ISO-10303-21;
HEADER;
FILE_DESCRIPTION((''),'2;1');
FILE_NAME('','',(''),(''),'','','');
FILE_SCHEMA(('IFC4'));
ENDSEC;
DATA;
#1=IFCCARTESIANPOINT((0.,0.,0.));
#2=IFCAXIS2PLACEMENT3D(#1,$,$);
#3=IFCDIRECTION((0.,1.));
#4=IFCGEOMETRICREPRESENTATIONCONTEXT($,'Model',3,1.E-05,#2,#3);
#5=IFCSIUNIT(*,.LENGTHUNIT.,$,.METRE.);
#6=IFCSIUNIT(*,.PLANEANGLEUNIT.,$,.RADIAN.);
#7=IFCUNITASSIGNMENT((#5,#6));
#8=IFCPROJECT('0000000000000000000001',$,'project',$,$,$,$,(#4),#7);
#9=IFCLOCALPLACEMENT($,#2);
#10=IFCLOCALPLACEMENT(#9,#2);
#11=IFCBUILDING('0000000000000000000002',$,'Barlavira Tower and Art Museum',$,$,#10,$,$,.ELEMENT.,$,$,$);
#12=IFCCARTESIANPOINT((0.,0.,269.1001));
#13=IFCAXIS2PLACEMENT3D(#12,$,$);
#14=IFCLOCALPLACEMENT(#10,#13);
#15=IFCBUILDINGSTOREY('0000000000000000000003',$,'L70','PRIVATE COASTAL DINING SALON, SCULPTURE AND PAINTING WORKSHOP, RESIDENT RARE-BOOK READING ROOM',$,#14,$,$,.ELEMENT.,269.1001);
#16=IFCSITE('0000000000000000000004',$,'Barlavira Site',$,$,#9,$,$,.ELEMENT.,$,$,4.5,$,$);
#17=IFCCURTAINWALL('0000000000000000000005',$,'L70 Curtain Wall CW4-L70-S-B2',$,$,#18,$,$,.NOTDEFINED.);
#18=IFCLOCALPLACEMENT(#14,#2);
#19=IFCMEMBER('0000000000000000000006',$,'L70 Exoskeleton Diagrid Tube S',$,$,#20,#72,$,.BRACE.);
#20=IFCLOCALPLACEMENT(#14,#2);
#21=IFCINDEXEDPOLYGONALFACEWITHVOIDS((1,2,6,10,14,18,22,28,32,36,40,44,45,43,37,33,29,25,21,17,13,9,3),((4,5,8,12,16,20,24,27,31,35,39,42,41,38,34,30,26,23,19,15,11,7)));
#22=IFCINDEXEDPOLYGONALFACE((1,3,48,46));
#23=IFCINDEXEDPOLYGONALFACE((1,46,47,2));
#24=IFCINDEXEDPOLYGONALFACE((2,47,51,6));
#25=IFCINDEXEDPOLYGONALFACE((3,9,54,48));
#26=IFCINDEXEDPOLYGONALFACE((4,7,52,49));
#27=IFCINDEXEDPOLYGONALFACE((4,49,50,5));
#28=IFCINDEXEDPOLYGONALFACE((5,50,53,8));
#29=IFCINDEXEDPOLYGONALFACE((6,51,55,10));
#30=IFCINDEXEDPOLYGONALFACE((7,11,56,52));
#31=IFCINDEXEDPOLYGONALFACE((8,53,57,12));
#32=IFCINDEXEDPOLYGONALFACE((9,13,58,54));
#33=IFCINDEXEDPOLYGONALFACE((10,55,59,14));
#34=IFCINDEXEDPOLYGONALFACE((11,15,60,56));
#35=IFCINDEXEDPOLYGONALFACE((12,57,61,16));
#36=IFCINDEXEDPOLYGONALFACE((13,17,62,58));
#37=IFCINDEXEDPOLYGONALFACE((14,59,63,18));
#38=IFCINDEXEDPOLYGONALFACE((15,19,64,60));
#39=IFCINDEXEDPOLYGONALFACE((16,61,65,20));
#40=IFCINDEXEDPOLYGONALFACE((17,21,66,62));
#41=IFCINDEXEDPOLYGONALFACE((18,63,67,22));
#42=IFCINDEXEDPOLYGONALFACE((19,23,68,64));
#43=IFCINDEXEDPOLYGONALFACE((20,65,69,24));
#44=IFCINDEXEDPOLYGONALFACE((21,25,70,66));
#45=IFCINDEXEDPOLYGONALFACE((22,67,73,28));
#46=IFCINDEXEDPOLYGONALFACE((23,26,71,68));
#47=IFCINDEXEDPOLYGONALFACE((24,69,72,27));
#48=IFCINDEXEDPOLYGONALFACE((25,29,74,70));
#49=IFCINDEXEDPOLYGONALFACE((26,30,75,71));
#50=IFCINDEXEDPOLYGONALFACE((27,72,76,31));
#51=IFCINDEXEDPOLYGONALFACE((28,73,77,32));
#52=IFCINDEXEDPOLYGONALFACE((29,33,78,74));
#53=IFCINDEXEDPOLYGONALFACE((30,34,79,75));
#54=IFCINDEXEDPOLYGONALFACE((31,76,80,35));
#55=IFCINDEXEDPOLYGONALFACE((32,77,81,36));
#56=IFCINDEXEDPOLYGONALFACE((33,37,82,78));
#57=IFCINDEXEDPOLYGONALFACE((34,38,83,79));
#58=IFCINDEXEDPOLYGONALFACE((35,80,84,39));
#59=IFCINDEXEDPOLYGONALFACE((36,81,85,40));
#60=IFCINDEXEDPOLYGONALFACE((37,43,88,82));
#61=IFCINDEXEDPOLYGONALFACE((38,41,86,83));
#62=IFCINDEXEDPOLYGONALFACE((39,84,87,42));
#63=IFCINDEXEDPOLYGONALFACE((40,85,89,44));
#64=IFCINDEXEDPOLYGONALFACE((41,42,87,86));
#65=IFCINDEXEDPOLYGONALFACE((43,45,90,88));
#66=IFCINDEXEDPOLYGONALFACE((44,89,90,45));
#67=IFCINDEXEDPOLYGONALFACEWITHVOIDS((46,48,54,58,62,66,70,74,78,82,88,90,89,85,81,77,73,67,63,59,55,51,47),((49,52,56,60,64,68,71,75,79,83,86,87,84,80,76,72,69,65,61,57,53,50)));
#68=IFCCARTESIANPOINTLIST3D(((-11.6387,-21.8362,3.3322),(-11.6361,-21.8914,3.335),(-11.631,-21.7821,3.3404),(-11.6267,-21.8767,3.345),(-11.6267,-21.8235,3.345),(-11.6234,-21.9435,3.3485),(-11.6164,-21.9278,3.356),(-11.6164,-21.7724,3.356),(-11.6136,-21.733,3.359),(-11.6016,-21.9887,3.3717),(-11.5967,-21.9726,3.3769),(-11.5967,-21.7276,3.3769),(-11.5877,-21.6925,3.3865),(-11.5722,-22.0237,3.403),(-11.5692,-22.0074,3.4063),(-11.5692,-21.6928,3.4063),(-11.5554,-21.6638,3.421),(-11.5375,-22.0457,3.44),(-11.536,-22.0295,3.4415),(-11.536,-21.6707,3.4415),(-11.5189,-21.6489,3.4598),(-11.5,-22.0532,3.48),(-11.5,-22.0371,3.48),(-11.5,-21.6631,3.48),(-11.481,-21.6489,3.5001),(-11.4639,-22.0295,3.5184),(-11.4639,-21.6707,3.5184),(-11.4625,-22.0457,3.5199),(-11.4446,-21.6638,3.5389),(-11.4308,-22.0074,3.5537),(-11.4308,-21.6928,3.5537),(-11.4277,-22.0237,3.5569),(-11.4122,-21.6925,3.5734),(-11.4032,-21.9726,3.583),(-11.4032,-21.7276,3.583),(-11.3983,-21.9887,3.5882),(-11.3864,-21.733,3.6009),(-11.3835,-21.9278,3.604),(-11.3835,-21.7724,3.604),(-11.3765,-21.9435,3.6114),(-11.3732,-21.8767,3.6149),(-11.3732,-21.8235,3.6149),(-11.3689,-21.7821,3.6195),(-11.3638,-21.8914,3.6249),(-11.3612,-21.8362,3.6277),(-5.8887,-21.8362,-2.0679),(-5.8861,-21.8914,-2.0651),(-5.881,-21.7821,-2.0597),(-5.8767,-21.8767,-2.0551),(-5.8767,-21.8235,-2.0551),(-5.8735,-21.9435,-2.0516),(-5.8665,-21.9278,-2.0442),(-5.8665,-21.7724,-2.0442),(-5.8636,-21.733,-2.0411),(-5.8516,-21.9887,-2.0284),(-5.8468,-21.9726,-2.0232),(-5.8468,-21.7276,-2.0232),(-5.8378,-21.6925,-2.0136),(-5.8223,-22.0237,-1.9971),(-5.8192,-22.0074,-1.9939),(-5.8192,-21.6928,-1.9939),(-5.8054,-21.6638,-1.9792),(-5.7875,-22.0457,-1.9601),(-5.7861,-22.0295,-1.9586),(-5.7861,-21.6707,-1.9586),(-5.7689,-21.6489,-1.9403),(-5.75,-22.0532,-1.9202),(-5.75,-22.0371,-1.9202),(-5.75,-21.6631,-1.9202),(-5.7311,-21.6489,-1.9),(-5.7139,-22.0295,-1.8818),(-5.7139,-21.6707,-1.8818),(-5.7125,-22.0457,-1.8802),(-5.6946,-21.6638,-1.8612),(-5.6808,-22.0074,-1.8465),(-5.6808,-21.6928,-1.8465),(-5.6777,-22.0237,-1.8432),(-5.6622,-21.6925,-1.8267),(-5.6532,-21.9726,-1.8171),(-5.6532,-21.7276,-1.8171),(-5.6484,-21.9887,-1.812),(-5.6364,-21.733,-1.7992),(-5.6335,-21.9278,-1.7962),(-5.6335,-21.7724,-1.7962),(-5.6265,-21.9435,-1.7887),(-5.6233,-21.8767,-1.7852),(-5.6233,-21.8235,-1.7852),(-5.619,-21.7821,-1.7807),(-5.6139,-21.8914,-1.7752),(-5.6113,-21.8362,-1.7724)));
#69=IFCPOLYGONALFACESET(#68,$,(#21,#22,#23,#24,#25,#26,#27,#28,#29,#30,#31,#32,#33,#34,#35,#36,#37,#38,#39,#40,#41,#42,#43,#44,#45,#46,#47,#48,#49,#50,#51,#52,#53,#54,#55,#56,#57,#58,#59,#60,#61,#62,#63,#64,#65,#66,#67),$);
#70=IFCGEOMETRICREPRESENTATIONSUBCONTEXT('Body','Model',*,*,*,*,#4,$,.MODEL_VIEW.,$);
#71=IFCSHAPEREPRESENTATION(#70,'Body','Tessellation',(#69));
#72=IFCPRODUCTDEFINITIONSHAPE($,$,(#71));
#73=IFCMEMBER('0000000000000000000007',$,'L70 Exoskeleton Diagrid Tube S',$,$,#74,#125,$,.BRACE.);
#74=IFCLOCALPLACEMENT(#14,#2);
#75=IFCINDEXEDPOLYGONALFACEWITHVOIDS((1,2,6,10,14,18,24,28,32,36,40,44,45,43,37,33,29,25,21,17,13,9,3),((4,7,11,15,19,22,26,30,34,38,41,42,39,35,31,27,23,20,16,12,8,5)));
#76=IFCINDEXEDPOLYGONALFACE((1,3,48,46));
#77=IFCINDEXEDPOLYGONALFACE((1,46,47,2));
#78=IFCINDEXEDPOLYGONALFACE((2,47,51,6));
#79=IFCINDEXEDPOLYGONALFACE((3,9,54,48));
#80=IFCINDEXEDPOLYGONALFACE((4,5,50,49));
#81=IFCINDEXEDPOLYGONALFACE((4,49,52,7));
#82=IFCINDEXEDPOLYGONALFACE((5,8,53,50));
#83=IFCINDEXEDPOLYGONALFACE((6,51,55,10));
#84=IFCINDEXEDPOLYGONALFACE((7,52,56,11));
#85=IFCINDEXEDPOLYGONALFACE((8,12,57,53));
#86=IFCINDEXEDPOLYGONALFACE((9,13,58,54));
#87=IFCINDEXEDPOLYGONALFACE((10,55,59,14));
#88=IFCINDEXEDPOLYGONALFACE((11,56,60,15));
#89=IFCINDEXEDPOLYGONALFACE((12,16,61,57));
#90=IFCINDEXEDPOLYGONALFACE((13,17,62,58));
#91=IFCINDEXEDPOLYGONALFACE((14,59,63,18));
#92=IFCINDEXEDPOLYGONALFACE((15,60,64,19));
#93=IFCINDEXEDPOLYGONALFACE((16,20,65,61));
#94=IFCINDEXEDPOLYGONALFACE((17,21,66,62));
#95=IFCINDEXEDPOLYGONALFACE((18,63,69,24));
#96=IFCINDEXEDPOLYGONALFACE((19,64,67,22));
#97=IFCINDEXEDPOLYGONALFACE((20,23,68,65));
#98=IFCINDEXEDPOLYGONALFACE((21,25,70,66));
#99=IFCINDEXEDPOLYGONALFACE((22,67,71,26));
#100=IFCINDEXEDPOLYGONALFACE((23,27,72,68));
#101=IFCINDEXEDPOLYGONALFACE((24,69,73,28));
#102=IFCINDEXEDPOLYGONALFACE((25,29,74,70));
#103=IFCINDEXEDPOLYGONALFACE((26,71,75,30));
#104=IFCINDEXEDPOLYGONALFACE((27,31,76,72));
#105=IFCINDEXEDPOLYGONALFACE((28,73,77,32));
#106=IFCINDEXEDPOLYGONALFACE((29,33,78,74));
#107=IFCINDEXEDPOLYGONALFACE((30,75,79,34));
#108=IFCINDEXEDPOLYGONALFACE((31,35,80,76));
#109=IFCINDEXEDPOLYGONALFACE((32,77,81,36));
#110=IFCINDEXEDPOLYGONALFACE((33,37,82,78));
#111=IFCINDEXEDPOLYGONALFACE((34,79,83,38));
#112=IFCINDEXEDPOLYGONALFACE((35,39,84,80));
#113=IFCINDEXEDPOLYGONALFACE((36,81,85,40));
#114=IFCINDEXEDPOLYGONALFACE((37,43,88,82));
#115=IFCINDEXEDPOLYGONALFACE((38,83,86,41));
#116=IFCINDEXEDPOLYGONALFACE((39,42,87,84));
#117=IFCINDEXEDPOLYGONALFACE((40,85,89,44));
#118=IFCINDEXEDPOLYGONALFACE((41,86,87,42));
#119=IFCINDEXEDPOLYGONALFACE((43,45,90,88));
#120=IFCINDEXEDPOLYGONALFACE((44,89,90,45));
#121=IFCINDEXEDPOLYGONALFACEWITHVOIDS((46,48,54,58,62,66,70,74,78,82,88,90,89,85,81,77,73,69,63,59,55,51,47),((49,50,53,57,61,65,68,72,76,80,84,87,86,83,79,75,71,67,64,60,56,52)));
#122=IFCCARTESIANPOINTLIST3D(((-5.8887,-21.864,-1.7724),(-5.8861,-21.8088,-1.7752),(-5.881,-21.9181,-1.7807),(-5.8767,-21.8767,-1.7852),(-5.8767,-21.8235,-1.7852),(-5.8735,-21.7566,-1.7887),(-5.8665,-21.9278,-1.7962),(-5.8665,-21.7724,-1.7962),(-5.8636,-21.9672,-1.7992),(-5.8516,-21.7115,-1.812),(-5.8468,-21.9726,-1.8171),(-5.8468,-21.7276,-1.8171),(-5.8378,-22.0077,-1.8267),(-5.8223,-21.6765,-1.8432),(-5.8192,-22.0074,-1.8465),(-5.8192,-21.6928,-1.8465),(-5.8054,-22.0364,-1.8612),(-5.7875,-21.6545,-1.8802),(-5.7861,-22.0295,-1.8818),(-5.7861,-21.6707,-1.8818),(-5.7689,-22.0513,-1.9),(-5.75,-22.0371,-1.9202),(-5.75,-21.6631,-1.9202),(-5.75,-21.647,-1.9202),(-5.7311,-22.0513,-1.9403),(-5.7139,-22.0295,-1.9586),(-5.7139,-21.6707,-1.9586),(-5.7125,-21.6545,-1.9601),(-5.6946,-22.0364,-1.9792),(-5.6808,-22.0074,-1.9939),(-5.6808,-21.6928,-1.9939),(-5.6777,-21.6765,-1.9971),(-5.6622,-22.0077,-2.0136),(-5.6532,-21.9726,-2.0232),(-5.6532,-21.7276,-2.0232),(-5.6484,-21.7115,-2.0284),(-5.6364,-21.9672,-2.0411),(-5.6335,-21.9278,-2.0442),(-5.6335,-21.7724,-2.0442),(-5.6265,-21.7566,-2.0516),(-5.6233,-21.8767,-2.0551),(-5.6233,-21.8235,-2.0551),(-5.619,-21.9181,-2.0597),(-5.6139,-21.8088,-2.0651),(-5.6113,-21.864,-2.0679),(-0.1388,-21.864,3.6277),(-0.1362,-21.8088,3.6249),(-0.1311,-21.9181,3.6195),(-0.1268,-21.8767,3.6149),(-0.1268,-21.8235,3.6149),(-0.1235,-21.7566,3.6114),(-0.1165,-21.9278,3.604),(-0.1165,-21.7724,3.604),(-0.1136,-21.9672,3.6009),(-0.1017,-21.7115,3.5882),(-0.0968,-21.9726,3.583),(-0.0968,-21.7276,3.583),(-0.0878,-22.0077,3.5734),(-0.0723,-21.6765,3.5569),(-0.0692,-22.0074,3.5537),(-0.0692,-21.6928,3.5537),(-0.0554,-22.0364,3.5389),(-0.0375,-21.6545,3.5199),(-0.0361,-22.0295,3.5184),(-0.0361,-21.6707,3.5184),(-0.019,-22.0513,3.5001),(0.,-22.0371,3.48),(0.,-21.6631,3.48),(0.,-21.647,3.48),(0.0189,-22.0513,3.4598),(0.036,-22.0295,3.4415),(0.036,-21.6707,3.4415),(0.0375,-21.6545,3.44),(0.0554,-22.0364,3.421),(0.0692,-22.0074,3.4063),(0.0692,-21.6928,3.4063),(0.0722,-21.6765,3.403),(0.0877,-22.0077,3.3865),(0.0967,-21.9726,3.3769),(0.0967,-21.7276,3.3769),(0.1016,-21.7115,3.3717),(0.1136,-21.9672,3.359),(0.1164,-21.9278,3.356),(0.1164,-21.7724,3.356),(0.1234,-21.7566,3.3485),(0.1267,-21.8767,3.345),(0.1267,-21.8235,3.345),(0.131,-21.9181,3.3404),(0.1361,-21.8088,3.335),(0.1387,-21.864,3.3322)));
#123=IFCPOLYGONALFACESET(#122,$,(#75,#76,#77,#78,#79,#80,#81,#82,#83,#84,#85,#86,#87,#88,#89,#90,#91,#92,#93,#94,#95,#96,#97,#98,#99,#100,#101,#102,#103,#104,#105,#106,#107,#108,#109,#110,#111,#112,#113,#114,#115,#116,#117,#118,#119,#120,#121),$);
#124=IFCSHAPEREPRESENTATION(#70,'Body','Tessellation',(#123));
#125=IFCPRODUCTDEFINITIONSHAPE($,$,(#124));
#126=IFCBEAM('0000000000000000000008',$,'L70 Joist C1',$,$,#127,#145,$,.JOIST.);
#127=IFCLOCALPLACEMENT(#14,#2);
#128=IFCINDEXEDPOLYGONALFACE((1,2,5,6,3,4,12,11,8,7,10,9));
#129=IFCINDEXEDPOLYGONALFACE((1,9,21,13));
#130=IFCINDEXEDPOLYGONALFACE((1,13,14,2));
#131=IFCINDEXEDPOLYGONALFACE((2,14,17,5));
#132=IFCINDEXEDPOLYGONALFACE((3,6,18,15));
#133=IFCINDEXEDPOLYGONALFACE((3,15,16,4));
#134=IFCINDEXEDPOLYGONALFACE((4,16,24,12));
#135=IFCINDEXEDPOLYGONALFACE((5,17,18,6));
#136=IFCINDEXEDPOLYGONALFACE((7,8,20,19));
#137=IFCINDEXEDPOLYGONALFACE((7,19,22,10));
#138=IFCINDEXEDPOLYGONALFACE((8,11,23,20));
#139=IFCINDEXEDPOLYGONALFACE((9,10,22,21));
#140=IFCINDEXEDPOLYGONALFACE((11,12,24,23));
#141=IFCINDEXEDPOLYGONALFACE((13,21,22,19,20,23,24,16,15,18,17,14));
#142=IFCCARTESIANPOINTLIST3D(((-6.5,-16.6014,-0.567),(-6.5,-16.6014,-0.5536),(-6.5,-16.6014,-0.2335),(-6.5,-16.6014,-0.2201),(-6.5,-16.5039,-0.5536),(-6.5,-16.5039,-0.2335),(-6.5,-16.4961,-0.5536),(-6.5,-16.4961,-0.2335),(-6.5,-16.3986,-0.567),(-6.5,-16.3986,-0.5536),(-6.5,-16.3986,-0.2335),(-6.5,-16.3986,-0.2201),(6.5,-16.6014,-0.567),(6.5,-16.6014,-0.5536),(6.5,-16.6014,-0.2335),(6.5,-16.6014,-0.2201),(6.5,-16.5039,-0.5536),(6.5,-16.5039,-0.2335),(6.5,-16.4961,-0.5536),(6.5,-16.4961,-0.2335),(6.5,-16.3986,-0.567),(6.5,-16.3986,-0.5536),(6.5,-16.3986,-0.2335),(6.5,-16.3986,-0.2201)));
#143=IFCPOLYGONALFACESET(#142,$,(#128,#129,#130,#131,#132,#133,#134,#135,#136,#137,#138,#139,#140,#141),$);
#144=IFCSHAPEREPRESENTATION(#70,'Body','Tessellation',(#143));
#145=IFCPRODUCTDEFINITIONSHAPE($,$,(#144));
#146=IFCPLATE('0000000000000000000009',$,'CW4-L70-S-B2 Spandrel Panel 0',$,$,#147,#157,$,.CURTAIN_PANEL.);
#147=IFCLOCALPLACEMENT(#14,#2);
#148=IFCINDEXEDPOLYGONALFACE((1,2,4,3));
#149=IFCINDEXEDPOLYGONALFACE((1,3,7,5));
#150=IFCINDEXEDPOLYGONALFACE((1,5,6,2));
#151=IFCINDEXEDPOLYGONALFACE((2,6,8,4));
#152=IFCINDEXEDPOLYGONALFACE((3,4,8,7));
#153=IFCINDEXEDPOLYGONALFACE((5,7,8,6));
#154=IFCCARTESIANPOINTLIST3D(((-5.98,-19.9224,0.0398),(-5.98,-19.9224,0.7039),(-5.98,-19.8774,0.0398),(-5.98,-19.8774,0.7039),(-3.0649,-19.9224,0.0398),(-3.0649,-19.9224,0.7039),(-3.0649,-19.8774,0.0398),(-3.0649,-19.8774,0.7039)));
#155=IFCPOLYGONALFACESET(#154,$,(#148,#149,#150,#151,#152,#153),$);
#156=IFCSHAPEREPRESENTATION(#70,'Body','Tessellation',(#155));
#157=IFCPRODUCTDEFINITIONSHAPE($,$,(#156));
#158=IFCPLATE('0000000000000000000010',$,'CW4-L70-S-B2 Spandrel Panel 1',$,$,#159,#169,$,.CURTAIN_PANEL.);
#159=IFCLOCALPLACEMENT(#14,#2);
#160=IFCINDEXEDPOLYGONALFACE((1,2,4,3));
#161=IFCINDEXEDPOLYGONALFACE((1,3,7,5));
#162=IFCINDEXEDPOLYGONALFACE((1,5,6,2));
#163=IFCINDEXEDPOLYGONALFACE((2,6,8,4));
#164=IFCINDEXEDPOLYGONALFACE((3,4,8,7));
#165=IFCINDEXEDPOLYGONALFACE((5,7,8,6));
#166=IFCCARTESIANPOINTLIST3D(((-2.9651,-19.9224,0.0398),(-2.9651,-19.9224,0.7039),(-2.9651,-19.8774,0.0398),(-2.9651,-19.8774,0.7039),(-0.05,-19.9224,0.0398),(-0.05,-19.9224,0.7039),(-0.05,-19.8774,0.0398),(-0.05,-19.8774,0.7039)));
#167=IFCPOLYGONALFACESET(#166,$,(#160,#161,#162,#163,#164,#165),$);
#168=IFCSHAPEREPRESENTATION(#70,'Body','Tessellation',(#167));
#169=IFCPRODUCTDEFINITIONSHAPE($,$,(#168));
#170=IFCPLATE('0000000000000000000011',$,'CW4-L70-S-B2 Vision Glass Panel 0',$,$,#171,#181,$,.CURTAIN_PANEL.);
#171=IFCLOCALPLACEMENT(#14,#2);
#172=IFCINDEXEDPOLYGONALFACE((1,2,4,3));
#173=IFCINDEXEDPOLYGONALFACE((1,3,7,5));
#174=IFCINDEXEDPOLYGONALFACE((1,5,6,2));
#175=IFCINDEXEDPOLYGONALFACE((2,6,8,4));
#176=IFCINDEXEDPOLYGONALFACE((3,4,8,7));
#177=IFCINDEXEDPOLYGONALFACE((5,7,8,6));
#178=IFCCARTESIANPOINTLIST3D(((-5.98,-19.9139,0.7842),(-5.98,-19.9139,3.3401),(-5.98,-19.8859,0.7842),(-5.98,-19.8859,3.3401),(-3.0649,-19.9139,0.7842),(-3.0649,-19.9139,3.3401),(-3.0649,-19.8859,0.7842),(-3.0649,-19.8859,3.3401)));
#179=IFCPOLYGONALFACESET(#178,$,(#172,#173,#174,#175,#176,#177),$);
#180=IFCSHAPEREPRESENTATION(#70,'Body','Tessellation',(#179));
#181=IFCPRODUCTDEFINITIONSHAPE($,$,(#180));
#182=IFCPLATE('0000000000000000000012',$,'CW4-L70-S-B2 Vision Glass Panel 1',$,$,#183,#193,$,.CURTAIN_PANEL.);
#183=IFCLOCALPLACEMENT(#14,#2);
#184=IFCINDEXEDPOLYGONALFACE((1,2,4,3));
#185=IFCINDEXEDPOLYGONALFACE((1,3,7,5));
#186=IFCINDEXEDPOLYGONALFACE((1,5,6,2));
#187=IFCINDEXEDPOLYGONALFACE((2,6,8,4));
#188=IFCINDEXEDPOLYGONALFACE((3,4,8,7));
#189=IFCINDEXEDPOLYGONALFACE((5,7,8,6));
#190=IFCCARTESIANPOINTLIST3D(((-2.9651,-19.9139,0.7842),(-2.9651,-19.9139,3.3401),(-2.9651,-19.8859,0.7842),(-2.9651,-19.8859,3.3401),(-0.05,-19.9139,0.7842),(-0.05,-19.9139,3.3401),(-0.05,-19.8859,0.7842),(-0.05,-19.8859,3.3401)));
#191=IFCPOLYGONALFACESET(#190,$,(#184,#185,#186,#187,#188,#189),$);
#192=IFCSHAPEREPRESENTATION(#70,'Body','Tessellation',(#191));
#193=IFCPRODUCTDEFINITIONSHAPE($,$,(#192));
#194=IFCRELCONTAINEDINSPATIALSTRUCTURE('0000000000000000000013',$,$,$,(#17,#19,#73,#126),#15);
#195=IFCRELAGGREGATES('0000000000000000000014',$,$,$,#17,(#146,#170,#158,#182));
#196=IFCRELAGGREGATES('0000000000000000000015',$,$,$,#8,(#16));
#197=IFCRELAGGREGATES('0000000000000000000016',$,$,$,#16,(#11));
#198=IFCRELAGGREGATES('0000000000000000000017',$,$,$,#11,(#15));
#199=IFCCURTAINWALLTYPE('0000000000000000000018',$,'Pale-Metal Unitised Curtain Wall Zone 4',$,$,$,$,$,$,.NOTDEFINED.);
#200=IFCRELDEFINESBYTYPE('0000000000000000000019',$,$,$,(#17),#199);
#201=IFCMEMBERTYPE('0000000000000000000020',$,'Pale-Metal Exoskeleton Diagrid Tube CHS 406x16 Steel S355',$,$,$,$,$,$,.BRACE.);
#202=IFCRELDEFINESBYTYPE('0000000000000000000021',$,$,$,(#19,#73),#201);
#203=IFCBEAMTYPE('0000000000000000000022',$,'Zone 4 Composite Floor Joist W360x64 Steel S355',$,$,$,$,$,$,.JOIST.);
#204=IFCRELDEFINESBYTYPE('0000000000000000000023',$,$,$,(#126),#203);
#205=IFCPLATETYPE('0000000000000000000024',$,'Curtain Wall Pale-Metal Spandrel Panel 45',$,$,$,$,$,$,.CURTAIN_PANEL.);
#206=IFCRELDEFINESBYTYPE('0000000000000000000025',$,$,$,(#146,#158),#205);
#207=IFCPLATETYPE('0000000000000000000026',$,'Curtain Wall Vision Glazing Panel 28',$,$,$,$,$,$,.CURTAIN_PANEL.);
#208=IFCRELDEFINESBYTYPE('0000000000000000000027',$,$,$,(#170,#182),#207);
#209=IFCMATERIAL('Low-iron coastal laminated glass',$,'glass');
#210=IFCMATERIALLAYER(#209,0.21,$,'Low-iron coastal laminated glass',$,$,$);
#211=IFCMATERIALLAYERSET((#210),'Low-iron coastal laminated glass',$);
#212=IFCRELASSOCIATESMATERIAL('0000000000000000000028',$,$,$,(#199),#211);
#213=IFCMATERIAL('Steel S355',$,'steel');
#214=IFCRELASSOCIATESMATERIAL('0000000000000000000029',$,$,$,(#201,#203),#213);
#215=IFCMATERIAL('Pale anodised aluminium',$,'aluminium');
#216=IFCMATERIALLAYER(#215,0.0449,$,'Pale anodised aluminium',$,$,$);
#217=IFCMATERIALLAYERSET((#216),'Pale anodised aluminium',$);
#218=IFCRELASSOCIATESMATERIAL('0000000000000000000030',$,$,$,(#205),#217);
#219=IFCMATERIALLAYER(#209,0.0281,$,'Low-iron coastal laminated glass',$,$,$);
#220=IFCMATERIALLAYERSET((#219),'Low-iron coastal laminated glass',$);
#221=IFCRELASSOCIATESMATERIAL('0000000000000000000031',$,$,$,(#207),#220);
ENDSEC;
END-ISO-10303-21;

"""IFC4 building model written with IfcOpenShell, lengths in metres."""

from ifc_helpers import new_model, si_unit, direction, frame, origin, origin_2d, place, context, subcontext, project, spatial, rectangle, hollow_circle, i_section, extrude, material, layer, layer_set, material_profile, profile_set, type_object, element, aggregate, save


model = new_model("IFC4")

# Units and contexts
model_context = context("Model", 3, precision=1e-05, world=origin(), true_north=direction((0.0, 1.0)))
body_context = subcontext(model_context, "Body", "Model", "MODEL_VIEW")
ifc_project = project(units=[si_unit("LENGTHUNIT", "METRE"), si_unit("PLANEANGLEUNIT", "RADIAN")], contexts=[model_context])

# Site, building, storey
site_placement = place(None, origin())
site = spatial("IfcSite", under=ifc_project, at=site_placement, Name="Barlavira Site", CompositionType="ELEMENT", RefElevation=4.5)
building_placement = place(site_placement, origin())
building = spatial("IfcBuilding", under=site, at=building_placement, Name="Barlavira Tower and Art Museum", CompositionType="ELEMENT")
storey_placement = place(building_placement, frame((0.0, 0.0, 269.1001)))
storey = spatial("IfcBuildingStorey", under=building, at=storey_placement, Name="L70", Description="PRIVATE COASTAL DINING SALON, SCULPTURE AND PAINTING WORKSHOP, RESIDENT RARE-BOOK READING ROOM", CompositionType="ELEMENT", Elevation=269.1001)

# Curtain wall
ifc_material_1 = material(Name="Low-iron coastal laminated glass", Category="glass")
ifc_layer_1 = layer(ifc_material_1, 0.21, Name="Low-iron coastal laminated glass")
ifc_layer_set_1 = layer_set([ifc_layer_1], Name="Low-iron coastal laminated glass")
curtain_wall_type = type_object("IfcCurtainWallType", Name="Pale-Metal Unitised Curtain Wall Zone 4", PredefinedType="NOTDEFINED", material=ifc_layer_set_1)
curtain_wall_placement = place(storey_placement, origin())
curtain_wall = element("IfcCurtainWall", 1, at=curtain_wall_placement, inside=storey, type_object=curtain_wall_type, Name="L70 Curtain Wall CW4-L70-S-B2", PredefinedType="NOTDEFINED")
ifc_material_2 = material(Name="Pale anodised aluminium", Category="aluminium")

# Members
ifc_material_3 = material(Name="Steel S355", Category="steel")
ifc_material_profile_1 = material_profile(ifc_material_3, hollow_circle(Radius=0.2031, WallThickness=0.0161, at=origin_2d()), Name="CHS 406.4x16.0")
ifc_profile_set_1 = profile_set([ifc_material_profile_1], Name="Steel S355")
member_type_1 = type_object("IfcMemberType", Name="Pale-Metal Exoskeleton Diagrid Tube CHS 406x16 Steel S355", PredefinedType="BRACE", material=ifc_profile_set_1)
for number, where, z_axis, x_axis, name in (
    (2, (-5.75, -21.8501, -1.9202), (-0.728935, 0.0, 0.684583), (0.0, -1.0, 0.0), "L70 Exoskeleton Diagrid Tube S"),
    (3, (-5.75, -21.8501, -1.9202), (0.728935, 0.0, 0.684583), (0.0, 1.0, 0.0), "L70 Exoskeleton Diagrid Tube S"),
):
    element("IfcMember", number, at=place(storey_placement, frame(where, z_axis=z_axis, x_axis=x_axis)), inside=storey, type_object=member_type_1, Name=name, PredefinedType="BRACE", context=body_context, shape_type="SweptSolid", body=[
        extrude(hollow_circle(Radius=0.2031, WallThickness=0.0161, at=origin_2d()), origin(), (0.0, 0.0, 1.0), 7.8882),
    ])

# Beam
ifc_material_profile_2 = material_profile(ifc_material_3, i_section(OverallWidth=0.2029, OverallDepth=0.3469, WebThickness=0.0078, FlangeThickness=0.0134, at=origin_2d()), Name="W360x64.0")
ifc_profile_set_2 = profile_set([ifc_material_profile_2], Name="Steel S355")
beam_type = type_object("IfcBeamType", Name="Zone 4 Composite Floor Joist W360x64 Steel S355", PredefinedType="JOIST", material=ifc_profile_set_2)
beam_placement = place(storey_placement, frame((-6.5, -16.5, -0.3936), z_axis=(1.0, 0.0, 0.0), x_axis=(0.0, 1.0, 0.0)))
element("IfcBeam", 4, at=beam_placement, inside=storey, type_object=beam_type, Name="L70 Joist C1", PredefinedType="JOIST", context=body_context, shape_type="SweptSolid", body=[
    extrude(i_section(OverallWidth=0.2029, OverallDepth=0.3469, WebThickness=0.0078, FlangeThickness=0.0134, at=origin_2d()), origin(), (0.0, 0.0, 1.0), 13.0),
])

# Plates
ifc_layer_2 = layer(ifc_material_2, 0.0449, Name="Pale anodised aluminium")
ifc_layer_set_2 = layer_set([ifc_layer_2], Name="Pale anodised aluminium")
plate_type_1 = type_object("IfcPlateType", Name="Curtain Wall Pale-Metal Spandrel Panel 45", PredefinedType="CURTAIN_PANEL", material=ifc_layer_set_2)
plate_1_placement = place(storey_placement, frame((-4.5225, -19.8999, 0.0398), z_axis=(0.0, 0.0, 1.0), x_axis=(1.0, 0.0, 0.0)))
plate_1 = element("IfcPlate", 5, at=plate_1_placement, type_object=plate_type_1, Name="CW4-L70-S-B2 Spandrel Panel 0", PredefinedType="CURTAIN_PANEL", context=body_context, shape_type="SweptSolid", body=[
    extrude(rectangle(XDim=2.915, YDim=0.0449, at=origin_2d()), origin(), (0.0, 0.0, 1.0), 0.6641),
])
plate_2_placement = place(storey_placement, frame((-1.5076, -19.8999, 0.0398), z_axis=(0.0, 0.0, 1.0), x_axis=(1.0, 0.0, 0.0)))
plate_2 = element("IfcPlate", 6, at=plate_2_placement, type_object=plate_type_1, Name="CW4-L70-S-B2 Spandrel Panel 1", PredefinedType="CURTAIN_PANEL", context=body_context, shape_type="SweptSolid", body=[
    extrude(rectangle(XDim=2.915, YDim=0.0449, at=origin_2d()), origin(), (0.0, 0.0, 1.0), 0.6641),
])
ifc_layer_3 = layer(ifc_material_1, 0.0281, Name="Low-iron coastal laminated glass")
ifc_layer_set_3 = layer_set([ifc_layer_3], Name="Low-iron coastal laminated glass")
plate_type_2 = type_object("IfcPlateType", Name="Curtain Wall Vision Glazing Panel 28", PredefinedType="CURTAIN_PANEL", material=ifc_layer_set_3)
plate_3_placement = place(storey_placement, frame((-4.5225, -19.8999, 0.7842), z_axis=(0.0, 0.0, 1.0), x_axis=(1.0, 0.0, 0.0)))
plate_3 = element("IfcPlate", 7, at=plate_3_placement, type_object=plate_type_2, Name="CW4-L70-S-B2 Vision Glass Panel 0", PredefinedType="CURTAIN_PANEL", context=body_context, shape_type="SweptSolid", body=[
    extrude(rectangle(XDim=2.915, YDim=0.0281, at=origin_2d()), origin(), (0.0, 0.0, 1.0), 2.5559),
])
plate_4_placement = place(storey_placement, frame((-1.5076, -19.8999, 0.7842), z_axis=(0.0, 0.0, 1.0), x_axis=(1.0, 0.0, 0.0)))
plate_4 = element("IfcPlate", 8, at=plate_4_placement, type_object=plate_type_2, Name="CW4-L70-S-B2 Vision Glass Panel 1", PredefinedType="CURTAIN_PANEL", context=body_context, shape_type="SweptSolid", body=[
    extrude(rectangle(XDim=2.915, YDim=0.0281, at=origin_2d()), origin(), (0.0, 0.0, 1.0), 2.5559),
])
aggregate(curtain_wall, [plate_1, plate_3, plate_2, plate_4])

save(model, "model.ifc")
